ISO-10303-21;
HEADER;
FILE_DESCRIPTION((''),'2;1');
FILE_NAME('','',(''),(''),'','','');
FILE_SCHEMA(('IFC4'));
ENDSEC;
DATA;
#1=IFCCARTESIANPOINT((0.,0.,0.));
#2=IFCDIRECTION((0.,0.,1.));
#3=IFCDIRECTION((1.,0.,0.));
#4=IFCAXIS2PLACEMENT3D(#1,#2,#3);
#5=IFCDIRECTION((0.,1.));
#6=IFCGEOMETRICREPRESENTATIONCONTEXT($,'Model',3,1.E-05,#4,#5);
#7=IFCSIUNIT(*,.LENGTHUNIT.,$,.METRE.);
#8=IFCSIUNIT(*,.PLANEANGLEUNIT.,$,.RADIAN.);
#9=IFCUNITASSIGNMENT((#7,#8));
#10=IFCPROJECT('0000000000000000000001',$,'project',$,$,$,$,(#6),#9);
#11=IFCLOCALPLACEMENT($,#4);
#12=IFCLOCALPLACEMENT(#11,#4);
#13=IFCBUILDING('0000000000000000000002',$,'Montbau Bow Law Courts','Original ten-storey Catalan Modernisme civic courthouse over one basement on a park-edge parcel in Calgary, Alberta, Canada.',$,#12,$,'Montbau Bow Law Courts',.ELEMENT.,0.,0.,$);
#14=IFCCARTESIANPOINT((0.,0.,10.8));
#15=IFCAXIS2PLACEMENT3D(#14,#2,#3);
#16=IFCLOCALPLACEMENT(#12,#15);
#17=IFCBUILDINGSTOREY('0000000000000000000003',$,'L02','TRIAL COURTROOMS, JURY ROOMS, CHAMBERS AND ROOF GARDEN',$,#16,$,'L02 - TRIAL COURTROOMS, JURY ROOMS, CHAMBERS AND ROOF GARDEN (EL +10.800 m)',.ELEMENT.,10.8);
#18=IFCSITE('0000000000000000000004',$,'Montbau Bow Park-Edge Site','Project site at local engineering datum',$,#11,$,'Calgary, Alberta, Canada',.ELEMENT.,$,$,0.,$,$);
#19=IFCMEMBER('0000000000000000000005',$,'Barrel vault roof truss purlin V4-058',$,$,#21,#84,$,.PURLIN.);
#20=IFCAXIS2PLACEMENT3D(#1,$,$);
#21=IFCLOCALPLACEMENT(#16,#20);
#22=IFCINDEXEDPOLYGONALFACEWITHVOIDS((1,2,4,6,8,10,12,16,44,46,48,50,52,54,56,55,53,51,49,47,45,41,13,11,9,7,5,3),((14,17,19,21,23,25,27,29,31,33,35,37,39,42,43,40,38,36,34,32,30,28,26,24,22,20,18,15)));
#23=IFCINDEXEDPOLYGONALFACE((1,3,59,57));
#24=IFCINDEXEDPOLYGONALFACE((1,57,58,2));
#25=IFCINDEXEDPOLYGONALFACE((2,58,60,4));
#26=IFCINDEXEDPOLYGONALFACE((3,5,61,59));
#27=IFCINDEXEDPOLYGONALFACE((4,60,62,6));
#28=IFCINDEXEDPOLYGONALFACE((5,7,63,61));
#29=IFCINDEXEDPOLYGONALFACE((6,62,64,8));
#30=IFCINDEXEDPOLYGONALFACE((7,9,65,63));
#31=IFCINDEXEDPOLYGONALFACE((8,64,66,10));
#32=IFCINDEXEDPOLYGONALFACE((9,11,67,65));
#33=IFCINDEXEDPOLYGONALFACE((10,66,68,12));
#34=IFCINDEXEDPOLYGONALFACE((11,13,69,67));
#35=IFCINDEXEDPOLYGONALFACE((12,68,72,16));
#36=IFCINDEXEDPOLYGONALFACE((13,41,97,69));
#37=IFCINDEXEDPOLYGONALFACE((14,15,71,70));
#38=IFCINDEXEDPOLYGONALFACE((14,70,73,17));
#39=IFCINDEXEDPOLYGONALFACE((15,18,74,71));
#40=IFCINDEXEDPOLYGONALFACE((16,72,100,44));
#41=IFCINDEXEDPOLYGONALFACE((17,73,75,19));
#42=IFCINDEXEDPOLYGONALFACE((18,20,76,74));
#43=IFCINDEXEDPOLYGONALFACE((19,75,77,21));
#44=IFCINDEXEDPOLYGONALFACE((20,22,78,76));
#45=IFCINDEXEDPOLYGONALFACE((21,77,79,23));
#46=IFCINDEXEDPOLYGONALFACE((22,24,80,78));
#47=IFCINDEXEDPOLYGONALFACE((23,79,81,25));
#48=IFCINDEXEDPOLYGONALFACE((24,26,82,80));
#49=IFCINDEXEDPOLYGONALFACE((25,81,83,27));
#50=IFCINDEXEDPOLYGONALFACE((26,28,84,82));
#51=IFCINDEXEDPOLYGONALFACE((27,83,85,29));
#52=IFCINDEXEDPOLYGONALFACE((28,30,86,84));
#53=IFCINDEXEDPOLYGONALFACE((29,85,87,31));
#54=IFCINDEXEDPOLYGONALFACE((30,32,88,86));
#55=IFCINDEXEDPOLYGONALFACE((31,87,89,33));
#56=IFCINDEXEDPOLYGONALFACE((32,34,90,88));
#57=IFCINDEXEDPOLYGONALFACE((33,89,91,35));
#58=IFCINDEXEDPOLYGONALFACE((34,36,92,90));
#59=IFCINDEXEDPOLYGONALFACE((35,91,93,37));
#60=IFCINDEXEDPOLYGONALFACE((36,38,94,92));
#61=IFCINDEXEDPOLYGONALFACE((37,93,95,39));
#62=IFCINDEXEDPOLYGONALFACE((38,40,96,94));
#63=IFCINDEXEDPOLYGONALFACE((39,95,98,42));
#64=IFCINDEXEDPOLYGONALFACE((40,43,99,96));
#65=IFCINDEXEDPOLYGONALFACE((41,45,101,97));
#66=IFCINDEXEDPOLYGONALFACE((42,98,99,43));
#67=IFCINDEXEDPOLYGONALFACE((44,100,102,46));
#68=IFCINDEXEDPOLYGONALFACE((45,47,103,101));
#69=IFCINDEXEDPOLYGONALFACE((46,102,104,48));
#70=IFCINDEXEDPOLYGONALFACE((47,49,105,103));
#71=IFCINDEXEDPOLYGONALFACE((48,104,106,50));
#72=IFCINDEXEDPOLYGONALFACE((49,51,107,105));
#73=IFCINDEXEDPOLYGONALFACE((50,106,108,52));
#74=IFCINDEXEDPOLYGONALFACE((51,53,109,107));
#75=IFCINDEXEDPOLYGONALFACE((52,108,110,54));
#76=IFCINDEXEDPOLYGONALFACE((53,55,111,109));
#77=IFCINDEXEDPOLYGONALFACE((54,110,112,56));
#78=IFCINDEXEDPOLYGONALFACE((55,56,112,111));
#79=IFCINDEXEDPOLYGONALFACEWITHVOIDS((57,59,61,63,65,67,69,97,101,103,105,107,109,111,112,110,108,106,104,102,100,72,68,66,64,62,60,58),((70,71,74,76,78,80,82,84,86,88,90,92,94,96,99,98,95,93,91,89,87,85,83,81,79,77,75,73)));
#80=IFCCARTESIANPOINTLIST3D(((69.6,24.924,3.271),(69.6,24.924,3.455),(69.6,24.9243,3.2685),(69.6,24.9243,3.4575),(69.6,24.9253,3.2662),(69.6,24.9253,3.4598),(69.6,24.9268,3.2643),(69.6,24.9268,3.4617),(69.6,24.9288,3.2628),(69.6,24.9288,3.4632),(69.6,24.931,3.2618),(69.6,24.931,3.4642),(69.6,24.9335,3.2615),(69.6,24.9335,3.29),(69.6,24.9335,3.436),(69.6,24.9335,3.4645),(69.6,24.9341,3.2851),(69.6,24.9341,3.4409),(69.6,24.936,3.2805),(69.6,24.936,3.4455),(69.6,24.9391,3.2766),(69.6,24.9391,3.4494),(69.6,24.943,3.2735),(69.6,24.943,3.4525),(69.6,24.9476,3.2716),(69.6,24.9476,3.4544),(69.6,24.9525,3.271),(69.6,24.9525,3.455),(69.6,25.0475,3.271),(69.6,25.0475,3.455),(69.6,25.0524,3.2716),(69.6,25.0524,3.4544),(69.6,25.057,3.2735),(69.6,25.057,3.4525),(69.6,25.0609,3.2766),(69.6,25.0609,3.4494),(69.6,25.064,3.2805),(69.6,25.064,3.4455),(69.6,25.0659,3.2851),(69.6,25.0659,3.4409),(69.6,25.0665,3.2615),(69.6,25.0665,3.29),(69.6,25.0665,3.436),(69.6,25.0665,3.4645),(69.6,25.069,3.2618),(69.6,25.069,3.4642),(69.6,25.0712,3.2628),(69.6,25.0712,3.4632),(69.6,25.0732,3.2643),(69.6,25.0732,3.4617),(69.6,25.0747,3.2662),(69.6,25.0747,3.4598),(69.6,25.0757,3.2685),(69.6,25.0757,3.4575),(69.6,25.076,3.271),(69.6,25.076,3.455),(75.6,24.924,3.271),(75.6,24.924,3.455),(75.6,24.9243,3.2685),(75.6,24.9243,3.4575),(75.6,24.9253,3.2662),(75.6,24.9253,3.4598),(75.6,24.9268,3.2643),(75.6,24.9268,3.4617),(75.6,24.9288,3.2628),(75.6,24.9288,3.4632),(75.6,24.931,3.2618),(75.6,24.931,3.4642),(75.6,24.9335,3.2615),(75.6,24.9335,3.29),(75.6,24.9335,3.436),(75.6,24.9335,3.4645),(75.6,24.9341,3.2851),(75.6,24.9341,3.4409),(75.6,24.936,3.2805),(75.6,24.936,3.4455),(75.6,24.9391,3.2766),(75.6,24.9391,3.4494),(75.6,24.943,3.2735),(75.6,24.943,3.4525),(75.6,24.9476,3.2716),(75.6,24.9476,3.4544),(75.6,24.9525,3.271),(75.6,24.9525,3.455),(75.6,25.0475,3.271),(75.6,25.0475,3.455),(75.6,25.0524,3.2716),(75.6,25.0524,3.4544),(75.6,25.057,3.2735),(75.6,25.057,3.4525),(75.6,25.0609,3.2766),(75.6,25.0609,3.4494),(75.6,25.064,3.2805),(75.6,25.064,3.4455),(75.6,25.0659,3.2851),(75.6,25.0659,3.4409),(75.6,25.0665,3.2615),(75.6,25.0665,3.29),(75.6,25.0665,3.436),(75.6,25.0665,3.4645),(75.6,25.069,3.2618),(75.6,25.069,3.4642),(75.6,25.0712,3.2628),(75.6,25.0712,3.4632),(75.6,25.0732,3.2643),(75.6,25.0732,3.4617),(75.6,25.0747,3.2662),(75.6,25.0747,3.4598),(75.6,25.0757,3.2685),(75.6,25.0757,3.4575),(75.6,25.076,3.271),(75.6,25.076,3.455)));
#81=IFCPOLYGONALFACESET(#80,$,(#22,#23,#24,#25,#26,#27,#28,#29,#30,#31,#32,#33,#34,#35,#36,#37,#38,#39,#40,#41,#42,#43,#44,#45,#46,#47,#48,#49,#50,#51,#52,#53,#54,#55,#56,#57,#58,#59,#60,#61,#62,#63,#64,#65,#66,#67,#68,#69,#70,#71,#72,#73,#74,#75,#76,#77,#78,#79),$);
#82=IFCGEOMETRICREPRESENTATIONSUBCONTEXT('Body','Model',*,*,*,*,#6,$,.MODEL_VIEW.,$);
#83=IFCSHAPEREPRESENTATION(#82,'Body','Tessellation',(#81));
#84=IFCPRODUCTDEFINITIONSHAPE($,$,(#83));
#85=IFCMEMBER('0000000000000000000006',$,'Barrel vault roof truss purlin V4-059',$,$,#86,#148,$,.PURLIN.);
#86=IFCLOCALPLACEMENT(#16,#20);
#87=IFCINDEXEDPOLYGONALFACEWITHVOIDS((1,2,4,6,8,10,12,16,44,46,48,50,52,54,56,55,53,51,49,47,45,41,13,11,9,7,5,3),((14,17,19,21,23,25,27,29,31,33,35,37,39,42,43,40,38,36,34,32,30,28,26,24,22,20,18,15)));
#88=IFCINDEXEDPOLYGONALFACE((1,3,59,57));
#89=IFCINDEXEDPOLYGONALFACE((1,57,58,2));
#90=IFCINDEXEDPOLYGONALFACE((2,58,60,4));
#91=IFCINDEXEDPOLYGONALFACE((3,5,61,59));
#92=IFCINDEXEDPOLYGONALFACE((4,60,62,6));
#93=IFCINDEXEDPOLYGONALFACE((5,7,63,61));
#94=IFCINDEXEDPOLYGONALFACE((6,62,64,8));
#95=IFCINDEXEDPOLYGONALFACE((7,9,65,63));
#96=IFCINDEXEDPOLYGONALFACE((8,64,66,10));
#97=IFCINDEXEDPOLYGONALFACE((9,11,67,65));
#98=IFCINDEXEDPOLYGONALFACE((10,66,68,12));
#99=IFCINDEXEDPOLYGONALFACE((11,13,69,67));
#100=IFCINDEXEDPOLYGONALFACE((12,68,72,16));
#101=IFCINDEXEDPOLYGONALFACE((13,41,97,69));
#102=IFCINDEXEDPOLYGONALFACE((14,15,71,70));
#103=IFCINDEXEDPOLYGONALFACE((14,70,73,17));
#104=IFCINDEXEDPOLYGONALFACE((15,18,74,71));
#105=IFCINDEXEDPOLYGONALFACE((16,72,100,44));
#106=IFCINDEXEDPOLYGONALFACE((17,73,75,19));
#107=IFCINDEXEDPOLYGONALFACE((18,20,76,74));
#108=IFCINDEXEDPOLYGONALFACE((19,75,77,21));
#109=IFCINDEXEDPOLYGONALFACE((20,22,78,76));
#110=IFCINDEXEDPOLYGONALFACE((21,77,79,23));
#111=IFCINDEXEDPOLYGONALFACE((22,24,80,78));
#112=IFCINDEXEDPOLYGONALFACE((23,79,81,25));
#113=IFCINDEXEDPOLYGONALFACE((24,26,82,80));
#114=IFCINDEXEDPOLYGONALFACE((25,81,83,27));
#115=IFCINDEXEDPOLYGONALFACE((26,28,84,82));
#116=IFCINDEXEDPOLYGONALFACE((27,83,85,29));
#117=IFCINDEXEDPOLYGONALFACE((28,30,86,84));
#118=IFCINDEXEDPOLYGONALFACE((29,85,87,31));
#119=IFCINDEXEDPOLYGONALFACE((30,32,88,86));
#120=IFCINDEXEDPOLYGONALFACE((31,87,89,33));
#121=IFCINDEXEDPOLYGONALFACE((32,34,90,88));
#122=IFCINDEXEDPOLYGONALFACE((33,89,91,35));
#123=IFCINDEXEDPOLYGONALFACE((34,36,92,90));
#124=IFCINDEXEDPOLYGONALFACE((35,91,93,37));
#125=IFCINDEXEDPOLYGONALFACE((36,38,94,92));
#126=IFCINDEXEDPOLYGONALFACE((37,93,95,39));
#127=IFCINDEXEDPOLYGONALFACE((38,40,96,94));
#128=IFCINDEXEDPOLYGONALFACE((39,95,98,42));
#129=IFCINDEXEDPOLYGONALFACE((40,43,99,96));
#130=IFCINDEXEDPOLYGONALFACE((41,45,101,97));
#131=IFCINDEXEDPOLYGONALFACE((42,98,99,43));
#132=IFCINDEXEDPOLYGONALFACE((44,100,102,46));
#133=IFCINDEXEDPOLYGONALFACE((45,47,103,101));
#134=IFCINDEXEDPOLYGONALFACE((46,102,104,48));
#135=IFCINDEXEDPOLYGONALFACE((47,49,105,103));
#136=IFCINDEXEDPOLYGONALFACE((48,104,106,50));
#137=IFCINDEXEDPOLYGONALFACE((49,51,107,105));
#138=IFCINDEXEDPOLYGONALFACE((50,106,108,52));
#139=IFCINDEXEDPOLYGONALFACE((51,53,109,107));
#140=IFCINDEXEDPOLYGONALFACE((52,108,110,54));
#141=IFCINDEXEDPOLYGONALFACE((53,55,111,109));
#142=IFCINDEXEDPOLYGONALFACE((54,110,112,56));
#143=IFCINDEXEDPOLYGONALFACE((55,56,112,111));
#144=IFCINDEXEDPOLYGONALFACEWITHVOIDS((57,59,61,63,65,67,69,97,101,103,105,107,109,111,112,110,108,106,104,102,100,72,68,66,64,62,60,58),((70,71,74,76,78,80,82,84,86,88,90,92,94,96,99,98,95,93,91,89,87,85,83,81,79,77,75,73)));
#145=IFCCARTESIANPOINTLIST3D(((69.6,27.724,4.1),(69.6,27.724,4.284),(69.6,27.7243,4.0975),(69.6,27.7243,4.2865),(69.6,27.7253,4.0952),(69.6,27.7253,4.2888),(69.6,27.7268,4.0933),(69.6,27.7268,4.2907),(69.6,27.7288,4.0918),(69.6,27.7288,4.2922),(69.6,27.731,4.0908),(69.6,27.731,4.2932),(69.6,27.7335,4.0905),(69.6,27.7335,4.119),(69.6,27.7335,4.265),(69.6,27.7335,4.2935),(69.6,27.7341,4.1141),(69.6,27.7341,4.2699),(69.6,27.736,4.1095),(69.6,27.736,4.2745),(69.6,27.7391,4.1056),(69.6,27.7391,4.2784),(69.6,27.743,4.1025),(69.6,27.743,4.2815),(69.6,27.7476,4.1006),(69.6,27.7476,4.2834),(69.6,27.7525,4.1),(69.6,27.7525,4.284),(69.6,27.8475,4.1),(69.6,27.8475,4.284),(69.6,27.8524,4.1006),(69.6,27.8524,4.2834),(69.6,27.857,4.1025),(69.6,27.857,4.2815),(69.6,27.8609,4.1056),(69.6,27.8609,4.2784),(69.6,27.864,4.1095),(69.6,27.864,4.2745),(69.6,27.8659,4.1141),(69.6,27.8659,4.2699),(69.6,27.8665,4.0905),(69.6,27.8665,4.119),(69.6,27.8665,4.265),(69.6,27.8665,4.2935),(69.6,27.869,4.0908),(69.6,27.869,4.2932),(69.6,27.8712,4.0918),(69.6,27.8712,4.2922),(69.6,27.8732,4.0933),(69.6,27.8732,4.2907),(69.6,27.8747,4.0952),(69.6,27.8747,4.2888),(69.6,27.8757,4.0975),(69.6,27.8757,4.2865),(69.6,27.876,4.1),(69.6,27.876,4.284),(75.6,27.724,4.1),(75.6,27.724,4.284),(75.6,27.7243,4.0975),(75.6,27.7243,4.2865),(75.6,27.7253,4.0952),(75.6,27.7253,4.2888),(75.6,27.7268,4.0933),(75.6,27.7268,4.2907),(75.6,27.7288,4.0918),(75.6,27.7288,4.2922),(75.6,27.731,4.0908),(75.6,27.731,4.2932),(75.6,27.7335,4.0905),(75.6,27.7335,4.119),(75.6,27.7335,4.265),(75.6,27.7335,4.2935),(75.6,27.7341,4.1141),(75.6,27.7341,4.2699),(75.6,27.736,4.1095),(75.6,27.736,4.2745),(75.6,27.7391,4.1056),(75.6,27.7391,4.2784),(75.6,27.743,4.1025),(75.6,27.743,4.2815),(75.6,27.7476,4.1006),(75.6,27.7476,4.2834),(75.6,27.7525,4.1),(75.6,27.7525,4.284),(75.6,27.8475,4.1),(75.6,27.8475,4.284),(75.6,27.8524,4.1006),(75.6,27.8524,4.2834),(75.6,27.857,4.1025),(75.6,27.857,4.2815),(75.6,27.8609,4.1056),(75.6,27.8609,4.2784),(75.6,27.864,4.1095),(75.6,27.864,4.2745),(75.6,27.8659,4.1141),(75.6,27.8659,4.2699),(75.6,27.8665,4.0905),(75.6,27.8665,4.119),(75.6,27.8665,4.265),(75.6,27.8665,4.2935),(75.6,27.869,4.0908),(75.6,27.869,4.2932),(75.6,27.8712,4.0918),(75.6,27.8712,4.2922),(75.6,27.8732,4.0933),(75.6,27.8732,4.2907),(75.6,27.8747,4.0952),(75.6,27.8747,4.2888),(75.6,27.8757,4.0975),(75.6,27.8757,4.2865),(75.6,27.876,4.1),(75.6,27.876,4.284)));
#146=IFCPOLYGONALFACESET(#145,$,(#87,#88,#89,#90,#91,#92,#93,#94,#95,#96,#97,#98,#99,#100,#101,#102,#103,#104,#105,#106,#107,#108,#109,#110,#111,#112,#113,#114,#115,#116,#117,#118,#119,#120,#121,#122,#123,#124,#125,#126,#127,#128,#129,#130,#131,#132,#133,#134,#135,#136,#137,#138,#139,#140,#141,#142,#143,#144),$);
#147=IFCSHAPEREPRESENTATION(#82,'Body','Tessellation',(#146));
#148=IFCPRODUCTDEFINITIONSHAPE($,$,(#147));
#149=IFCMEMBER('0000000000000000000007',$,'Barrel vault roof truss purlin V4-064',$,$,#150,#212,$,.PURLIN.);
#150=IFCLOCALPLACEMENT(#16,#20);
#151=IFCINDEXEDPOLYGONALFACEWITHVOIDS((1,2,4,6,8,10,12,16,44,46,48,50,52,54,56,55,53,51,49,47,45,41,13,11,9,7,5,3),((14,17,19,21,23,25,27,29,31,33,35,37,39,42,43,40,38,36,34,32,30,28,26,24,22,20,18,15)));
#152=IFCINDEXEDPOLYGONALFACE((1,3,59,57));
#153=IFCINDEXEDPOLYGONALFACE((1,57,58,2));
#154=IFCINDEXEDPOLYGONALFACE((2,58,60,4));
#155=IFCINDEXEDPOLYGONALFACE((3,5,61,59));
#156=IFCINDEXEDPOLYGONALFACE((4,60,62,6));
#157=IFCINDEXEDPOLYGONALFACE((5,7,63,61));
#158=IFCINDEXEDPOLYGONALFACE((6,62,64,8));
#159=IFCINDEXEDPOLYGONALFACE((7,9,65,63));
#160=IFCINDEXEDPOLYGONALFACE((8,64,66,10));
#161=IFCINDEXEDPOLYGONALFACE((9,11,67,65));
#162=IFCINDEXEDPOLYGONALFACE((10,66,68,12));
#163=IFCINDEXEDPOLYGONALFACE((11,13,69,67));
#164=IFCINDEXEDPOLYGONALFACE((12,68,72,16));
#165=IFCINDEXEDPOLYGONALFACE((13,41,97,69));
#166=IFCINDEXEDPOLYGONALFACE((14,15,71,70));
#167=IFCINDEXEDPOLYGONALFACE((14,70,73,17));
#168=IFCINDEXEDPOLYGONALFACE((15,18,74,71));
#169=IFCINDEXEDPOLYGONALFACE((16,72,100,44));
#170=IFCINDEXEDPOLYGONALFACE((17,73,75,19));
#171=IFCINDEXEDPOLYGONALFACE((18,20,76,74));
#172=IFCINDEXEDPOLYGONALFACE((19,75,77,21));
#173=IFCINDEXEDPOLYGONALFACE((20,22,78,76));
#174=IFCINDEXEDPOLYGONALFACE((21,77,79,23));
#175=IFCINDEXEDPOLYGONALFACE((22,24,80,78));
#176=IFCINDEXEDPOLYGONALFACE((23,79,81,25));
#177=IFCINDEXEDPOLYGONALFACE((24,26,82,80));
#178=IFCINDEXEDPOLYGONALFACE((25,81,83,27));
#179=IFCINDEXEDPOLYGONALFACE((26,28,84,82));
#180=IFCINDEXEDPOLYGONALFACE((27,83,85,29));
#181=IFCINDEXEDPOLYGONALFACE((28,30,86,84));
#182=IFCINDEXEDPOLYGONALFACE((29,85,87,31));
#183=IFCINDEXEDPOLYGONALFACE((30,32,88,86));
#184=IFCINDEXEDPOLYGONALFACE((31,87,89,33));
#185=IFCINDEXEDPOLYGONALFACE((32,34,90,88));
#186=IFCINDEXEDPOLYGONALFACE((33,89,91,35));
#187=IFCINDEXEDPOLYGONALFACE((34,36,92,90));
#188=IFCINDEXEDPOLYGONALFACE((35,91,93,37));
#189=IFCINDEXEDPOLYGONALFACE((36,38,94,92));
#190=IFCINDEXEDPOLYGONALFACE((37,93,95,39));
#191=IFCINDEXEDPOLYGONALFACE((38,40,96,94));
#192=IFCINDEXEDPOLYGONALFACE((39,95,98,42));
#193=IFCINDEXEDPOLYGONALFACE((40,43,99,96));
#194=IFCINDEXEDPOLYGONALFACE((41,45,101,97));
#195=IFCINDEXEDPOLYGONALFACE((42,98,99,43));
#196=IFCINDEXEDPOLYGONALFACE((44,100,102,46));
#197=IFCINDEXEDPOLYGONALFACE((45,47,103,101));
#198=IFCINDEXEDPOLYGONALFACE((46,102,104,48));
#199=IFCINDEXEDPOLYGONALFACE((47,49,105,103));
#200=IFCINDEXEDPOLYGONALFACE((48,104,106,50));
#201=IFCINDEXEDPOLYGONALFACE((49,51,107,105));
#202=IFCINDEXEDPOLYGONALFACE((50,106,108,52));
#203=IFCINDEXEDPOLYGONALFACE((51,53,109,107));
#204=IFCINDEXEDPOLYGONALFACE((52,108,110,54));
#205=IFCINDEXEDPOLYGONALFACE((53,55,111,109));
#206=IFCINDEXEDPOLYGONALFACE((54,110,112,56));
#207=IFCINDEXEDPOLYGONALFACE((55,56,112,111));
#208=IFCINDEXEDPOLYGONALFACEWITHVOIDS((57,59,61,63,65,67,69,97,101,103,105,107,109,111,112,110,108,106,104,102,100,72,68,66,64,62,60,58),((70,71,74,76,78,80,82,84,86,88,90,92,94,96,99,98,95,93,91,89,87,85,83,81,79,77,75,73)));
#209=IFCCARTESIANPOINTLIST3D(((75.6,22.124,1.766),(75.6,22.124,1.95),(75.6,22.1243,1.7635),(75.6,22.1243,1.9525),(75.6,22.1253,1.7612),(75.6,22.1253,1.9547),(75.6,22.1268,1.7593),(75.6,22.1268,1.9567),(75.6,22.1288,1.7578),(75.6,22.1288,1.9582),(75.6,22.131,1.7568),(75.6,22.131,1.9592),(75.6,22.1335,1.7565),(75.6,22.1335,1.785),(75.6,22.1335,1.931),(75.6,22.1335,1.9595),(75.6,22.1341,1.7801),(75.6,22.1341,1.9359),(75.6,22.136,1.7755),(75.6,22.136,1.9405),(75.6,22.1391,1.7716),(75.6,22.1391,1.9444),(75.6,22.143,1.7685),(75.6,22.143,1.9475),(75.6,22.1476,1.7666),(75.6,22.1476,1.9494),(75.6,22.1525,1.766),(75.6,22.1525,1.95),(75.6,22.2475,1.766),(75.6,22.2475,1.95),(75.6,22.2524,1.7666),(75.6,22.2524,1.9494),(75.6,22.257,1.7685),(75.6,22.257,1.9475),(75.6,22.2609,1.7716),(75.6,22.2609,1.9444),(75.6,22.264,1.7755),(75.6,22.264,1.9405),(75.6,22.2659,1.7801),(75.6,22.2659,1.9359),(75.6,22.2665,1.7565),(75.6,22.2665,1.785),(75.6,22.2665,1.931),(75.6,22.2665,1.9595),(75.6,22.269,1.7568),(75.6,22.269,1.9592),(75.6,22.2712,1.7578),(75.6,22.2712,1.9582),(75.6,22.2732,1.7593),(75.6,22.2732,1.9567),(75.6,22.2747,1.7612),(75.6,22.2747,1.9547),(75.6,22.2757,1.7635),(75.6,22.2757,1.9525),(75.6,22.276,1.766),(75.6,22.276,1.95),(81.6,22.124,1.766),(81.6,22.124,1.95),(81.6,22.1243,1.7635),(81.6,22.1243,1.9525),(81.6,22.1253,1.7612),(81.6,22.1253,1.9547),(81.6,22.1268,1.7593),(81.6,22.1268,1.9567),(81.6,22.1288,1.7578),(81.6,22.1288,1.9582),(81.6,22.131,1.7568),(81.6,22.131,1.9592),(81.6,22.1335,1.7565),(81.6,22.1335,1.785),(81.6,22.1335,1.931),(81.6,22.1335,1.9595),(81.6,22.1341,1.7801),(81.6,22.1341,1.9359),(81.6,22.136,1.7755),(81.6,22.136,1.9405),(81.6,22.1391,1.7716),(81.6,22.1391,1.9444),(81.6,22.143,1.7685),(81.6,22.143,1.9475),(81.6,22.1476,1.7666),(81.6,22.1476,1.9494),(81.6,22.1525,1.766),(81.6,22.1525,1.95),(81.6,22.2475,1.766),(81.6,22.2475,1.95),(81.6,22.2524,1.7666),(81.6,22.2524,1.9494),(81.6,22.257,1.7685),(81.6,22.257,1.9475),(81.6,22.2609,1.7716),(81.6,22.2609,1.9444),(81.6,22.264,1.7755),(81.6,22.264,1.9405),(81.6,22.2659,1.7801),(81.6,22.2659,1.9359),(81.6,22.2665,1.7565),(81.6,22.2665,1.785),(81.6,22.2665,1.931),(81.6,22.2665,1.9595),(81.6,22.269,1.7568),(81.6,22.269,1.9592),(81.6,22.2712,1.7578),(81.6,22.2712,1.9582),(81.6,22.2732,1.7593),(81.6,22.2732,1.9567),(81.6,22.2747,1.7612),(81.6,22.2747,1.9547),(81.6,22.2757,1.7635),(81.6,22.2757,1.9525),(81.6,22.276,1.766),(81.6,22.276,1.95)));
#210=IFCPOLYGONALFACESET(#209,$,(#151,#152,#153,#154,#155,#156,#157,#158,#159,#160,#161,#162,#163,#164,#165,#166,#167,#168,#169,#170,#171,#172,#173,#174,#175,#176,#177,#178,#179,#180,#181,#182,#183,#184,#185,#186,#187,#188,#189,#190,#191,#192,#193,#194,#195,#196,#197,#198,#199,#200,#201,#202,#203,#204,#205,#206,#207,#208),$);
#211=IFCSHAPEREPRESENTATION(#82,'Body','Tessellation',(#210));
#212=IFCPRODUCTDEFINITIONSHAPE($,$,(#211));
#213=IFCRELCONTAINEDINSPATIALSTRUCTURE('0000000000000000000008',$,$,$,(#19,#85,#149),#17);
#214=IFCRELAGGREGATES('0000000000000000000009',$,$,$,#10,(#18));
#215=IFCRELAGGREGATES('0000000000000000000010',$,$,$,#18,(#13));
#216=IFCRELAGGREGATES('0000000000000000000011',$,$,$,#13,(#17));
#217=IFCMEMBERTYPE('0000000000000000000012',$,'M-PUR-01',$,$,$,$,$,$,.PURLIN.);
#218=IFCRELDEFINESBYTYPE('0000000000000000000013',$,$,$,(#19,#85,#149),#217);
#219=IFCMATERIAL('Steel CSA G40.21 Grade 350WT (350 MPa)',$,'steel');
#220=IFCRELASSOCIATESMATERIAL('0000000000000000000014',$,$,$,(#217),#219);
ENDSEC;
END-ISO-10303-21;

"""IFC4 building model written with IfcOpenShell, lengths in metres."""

from ifc_helpers import new_model, si_unit, direction, frame, origin_with_axes, origin_2d_with_axis, place, context, subcontext, project, spatial, hollow_rectangle, extrude, material, material_profile, profile_set, type_object, element, save


model = new_model("IFC4")

# Units and contexts
model_context = context("Model", 3, precision=1e-05, world=origin_with_axes(), true_north=direction((0.0, 1.0)))
body_context = subcontext(model_context, "Body", "Model", "MODEL_VIEW")
ifc_project = project(units=[si_unit("LENGTHUNIT", "METRE"), si_unit("PLANEANGLEUNIT", "RADIAN")], contexts=[model_context])

# Site, building, storey
site_placement = place(None, origin_with_axes())
site = spatial("IfcSite", under=ifc_project, at=site_placement, Name="Montbau Bow Park-Edge Site", Description="Project site at local engineering datum", LongName="Calgary, Alberta, Canada", CompositionType="ELEMENT", RefElevation=0.0)
building_placement = place(site_placement, origin_with_axes())
building = spatial("IfcBuilding", under=site, at=building_placement, Name="Montbau Bow Law Courts", Description="Original ten-storey Catalan Modernisme civic courthouse over one basement on a park-edge parcel in Calgary, Alberta, Canada.", LongName="Montbau Bow Law Courts", CompositionType="ELEMENT", ElevationOfRefHeight=0.0, ElevationOfTerrain=0.0)
storey_placement = place(building_placement, frame((0.0, 0.0, 10.8), z_axis=(0.0, 0.0, 1.0), x_axis=(1.0, 0.0, 0.0)))
storey = spatial("IfcBuildingStorey", under=building, at=storey_placement, Name="L02", Description="TRIAL COURTROOMS, JURY ROOMS, CHAMBERS AND ROOF GARDEN", LongName="L02 - TRIAL COURTROOMS, JURY ROOMS, CHAMBERS AND ROOF GARDEN (EL +10.800 m)", CompositionType="ELEMENT", Elevation=10.8)

# Shared definitions
ifc_material_1 = material(Name="Steel CSA G40.21 Grade 350WT (350 MPa)", Category="steel")

# Members
ifc_material_profile_1 = material_profile(ifc_material_1, hollow_rectangle(XDim=0.152, YDim=0.203, WallThickness=0.0095, InnerFilletRadius=0.019, OuterFilletRadius=0.0095, at=origin_2d_with_axis()), Name="HSS203X152X9.5", Category="Main", Priority=0)
ifc_profile_set_1 = profile_set([ifc_material_profile_1], Name="Steel CSA G40.21 Grade 350WT (350 MPa)")
member_type_1 = type_object("IfcMemberType", Name="M-PUR-01", PredefinedType="PURLIN", material=ifc_profile_set_1)
for number, where, z_axis, x_axis, name in (
    (1, (69.6, 25.0, 14.163), (1.0, 0.0, 0.0), (0.0, 1.0, 0.0), "Barrel vault roof truss purlin V4-058"),
    (2, (69.6, 27.8, 14.992), (1.0, 0.0, 0.0), (0.0, 1.0, 0.0), "Barrel vault roof truss purlin V4-059"),
    (3, (75.6, 22.2, 12.658), (1.0, 0.0, 0.0), (0.0, 1.0, 0.0), "Barrel vault roof truss purlin V4-064"),
):
    element("IfcMember", number, at=place(None, frame(where, z_axis=z_axis, x_axis=x_axis)), inside=storey, type_object=member_type_1, Name=name, PredefinedType="PURLIN", context=body_context, shape_type="SweptSolid", body=[
        extrude(hollow_rectangle(XDim=0.152, YDim=0.203, WallThickness=0.0095, InnerFilletRadius=0.019, OuterFilletRadius=0.0095, at=origin_2d_with_axis()), origin_with_axes(), (0.0, 0.0, 1.0), 6.0),
    ])

save(model, "model.ifc")
